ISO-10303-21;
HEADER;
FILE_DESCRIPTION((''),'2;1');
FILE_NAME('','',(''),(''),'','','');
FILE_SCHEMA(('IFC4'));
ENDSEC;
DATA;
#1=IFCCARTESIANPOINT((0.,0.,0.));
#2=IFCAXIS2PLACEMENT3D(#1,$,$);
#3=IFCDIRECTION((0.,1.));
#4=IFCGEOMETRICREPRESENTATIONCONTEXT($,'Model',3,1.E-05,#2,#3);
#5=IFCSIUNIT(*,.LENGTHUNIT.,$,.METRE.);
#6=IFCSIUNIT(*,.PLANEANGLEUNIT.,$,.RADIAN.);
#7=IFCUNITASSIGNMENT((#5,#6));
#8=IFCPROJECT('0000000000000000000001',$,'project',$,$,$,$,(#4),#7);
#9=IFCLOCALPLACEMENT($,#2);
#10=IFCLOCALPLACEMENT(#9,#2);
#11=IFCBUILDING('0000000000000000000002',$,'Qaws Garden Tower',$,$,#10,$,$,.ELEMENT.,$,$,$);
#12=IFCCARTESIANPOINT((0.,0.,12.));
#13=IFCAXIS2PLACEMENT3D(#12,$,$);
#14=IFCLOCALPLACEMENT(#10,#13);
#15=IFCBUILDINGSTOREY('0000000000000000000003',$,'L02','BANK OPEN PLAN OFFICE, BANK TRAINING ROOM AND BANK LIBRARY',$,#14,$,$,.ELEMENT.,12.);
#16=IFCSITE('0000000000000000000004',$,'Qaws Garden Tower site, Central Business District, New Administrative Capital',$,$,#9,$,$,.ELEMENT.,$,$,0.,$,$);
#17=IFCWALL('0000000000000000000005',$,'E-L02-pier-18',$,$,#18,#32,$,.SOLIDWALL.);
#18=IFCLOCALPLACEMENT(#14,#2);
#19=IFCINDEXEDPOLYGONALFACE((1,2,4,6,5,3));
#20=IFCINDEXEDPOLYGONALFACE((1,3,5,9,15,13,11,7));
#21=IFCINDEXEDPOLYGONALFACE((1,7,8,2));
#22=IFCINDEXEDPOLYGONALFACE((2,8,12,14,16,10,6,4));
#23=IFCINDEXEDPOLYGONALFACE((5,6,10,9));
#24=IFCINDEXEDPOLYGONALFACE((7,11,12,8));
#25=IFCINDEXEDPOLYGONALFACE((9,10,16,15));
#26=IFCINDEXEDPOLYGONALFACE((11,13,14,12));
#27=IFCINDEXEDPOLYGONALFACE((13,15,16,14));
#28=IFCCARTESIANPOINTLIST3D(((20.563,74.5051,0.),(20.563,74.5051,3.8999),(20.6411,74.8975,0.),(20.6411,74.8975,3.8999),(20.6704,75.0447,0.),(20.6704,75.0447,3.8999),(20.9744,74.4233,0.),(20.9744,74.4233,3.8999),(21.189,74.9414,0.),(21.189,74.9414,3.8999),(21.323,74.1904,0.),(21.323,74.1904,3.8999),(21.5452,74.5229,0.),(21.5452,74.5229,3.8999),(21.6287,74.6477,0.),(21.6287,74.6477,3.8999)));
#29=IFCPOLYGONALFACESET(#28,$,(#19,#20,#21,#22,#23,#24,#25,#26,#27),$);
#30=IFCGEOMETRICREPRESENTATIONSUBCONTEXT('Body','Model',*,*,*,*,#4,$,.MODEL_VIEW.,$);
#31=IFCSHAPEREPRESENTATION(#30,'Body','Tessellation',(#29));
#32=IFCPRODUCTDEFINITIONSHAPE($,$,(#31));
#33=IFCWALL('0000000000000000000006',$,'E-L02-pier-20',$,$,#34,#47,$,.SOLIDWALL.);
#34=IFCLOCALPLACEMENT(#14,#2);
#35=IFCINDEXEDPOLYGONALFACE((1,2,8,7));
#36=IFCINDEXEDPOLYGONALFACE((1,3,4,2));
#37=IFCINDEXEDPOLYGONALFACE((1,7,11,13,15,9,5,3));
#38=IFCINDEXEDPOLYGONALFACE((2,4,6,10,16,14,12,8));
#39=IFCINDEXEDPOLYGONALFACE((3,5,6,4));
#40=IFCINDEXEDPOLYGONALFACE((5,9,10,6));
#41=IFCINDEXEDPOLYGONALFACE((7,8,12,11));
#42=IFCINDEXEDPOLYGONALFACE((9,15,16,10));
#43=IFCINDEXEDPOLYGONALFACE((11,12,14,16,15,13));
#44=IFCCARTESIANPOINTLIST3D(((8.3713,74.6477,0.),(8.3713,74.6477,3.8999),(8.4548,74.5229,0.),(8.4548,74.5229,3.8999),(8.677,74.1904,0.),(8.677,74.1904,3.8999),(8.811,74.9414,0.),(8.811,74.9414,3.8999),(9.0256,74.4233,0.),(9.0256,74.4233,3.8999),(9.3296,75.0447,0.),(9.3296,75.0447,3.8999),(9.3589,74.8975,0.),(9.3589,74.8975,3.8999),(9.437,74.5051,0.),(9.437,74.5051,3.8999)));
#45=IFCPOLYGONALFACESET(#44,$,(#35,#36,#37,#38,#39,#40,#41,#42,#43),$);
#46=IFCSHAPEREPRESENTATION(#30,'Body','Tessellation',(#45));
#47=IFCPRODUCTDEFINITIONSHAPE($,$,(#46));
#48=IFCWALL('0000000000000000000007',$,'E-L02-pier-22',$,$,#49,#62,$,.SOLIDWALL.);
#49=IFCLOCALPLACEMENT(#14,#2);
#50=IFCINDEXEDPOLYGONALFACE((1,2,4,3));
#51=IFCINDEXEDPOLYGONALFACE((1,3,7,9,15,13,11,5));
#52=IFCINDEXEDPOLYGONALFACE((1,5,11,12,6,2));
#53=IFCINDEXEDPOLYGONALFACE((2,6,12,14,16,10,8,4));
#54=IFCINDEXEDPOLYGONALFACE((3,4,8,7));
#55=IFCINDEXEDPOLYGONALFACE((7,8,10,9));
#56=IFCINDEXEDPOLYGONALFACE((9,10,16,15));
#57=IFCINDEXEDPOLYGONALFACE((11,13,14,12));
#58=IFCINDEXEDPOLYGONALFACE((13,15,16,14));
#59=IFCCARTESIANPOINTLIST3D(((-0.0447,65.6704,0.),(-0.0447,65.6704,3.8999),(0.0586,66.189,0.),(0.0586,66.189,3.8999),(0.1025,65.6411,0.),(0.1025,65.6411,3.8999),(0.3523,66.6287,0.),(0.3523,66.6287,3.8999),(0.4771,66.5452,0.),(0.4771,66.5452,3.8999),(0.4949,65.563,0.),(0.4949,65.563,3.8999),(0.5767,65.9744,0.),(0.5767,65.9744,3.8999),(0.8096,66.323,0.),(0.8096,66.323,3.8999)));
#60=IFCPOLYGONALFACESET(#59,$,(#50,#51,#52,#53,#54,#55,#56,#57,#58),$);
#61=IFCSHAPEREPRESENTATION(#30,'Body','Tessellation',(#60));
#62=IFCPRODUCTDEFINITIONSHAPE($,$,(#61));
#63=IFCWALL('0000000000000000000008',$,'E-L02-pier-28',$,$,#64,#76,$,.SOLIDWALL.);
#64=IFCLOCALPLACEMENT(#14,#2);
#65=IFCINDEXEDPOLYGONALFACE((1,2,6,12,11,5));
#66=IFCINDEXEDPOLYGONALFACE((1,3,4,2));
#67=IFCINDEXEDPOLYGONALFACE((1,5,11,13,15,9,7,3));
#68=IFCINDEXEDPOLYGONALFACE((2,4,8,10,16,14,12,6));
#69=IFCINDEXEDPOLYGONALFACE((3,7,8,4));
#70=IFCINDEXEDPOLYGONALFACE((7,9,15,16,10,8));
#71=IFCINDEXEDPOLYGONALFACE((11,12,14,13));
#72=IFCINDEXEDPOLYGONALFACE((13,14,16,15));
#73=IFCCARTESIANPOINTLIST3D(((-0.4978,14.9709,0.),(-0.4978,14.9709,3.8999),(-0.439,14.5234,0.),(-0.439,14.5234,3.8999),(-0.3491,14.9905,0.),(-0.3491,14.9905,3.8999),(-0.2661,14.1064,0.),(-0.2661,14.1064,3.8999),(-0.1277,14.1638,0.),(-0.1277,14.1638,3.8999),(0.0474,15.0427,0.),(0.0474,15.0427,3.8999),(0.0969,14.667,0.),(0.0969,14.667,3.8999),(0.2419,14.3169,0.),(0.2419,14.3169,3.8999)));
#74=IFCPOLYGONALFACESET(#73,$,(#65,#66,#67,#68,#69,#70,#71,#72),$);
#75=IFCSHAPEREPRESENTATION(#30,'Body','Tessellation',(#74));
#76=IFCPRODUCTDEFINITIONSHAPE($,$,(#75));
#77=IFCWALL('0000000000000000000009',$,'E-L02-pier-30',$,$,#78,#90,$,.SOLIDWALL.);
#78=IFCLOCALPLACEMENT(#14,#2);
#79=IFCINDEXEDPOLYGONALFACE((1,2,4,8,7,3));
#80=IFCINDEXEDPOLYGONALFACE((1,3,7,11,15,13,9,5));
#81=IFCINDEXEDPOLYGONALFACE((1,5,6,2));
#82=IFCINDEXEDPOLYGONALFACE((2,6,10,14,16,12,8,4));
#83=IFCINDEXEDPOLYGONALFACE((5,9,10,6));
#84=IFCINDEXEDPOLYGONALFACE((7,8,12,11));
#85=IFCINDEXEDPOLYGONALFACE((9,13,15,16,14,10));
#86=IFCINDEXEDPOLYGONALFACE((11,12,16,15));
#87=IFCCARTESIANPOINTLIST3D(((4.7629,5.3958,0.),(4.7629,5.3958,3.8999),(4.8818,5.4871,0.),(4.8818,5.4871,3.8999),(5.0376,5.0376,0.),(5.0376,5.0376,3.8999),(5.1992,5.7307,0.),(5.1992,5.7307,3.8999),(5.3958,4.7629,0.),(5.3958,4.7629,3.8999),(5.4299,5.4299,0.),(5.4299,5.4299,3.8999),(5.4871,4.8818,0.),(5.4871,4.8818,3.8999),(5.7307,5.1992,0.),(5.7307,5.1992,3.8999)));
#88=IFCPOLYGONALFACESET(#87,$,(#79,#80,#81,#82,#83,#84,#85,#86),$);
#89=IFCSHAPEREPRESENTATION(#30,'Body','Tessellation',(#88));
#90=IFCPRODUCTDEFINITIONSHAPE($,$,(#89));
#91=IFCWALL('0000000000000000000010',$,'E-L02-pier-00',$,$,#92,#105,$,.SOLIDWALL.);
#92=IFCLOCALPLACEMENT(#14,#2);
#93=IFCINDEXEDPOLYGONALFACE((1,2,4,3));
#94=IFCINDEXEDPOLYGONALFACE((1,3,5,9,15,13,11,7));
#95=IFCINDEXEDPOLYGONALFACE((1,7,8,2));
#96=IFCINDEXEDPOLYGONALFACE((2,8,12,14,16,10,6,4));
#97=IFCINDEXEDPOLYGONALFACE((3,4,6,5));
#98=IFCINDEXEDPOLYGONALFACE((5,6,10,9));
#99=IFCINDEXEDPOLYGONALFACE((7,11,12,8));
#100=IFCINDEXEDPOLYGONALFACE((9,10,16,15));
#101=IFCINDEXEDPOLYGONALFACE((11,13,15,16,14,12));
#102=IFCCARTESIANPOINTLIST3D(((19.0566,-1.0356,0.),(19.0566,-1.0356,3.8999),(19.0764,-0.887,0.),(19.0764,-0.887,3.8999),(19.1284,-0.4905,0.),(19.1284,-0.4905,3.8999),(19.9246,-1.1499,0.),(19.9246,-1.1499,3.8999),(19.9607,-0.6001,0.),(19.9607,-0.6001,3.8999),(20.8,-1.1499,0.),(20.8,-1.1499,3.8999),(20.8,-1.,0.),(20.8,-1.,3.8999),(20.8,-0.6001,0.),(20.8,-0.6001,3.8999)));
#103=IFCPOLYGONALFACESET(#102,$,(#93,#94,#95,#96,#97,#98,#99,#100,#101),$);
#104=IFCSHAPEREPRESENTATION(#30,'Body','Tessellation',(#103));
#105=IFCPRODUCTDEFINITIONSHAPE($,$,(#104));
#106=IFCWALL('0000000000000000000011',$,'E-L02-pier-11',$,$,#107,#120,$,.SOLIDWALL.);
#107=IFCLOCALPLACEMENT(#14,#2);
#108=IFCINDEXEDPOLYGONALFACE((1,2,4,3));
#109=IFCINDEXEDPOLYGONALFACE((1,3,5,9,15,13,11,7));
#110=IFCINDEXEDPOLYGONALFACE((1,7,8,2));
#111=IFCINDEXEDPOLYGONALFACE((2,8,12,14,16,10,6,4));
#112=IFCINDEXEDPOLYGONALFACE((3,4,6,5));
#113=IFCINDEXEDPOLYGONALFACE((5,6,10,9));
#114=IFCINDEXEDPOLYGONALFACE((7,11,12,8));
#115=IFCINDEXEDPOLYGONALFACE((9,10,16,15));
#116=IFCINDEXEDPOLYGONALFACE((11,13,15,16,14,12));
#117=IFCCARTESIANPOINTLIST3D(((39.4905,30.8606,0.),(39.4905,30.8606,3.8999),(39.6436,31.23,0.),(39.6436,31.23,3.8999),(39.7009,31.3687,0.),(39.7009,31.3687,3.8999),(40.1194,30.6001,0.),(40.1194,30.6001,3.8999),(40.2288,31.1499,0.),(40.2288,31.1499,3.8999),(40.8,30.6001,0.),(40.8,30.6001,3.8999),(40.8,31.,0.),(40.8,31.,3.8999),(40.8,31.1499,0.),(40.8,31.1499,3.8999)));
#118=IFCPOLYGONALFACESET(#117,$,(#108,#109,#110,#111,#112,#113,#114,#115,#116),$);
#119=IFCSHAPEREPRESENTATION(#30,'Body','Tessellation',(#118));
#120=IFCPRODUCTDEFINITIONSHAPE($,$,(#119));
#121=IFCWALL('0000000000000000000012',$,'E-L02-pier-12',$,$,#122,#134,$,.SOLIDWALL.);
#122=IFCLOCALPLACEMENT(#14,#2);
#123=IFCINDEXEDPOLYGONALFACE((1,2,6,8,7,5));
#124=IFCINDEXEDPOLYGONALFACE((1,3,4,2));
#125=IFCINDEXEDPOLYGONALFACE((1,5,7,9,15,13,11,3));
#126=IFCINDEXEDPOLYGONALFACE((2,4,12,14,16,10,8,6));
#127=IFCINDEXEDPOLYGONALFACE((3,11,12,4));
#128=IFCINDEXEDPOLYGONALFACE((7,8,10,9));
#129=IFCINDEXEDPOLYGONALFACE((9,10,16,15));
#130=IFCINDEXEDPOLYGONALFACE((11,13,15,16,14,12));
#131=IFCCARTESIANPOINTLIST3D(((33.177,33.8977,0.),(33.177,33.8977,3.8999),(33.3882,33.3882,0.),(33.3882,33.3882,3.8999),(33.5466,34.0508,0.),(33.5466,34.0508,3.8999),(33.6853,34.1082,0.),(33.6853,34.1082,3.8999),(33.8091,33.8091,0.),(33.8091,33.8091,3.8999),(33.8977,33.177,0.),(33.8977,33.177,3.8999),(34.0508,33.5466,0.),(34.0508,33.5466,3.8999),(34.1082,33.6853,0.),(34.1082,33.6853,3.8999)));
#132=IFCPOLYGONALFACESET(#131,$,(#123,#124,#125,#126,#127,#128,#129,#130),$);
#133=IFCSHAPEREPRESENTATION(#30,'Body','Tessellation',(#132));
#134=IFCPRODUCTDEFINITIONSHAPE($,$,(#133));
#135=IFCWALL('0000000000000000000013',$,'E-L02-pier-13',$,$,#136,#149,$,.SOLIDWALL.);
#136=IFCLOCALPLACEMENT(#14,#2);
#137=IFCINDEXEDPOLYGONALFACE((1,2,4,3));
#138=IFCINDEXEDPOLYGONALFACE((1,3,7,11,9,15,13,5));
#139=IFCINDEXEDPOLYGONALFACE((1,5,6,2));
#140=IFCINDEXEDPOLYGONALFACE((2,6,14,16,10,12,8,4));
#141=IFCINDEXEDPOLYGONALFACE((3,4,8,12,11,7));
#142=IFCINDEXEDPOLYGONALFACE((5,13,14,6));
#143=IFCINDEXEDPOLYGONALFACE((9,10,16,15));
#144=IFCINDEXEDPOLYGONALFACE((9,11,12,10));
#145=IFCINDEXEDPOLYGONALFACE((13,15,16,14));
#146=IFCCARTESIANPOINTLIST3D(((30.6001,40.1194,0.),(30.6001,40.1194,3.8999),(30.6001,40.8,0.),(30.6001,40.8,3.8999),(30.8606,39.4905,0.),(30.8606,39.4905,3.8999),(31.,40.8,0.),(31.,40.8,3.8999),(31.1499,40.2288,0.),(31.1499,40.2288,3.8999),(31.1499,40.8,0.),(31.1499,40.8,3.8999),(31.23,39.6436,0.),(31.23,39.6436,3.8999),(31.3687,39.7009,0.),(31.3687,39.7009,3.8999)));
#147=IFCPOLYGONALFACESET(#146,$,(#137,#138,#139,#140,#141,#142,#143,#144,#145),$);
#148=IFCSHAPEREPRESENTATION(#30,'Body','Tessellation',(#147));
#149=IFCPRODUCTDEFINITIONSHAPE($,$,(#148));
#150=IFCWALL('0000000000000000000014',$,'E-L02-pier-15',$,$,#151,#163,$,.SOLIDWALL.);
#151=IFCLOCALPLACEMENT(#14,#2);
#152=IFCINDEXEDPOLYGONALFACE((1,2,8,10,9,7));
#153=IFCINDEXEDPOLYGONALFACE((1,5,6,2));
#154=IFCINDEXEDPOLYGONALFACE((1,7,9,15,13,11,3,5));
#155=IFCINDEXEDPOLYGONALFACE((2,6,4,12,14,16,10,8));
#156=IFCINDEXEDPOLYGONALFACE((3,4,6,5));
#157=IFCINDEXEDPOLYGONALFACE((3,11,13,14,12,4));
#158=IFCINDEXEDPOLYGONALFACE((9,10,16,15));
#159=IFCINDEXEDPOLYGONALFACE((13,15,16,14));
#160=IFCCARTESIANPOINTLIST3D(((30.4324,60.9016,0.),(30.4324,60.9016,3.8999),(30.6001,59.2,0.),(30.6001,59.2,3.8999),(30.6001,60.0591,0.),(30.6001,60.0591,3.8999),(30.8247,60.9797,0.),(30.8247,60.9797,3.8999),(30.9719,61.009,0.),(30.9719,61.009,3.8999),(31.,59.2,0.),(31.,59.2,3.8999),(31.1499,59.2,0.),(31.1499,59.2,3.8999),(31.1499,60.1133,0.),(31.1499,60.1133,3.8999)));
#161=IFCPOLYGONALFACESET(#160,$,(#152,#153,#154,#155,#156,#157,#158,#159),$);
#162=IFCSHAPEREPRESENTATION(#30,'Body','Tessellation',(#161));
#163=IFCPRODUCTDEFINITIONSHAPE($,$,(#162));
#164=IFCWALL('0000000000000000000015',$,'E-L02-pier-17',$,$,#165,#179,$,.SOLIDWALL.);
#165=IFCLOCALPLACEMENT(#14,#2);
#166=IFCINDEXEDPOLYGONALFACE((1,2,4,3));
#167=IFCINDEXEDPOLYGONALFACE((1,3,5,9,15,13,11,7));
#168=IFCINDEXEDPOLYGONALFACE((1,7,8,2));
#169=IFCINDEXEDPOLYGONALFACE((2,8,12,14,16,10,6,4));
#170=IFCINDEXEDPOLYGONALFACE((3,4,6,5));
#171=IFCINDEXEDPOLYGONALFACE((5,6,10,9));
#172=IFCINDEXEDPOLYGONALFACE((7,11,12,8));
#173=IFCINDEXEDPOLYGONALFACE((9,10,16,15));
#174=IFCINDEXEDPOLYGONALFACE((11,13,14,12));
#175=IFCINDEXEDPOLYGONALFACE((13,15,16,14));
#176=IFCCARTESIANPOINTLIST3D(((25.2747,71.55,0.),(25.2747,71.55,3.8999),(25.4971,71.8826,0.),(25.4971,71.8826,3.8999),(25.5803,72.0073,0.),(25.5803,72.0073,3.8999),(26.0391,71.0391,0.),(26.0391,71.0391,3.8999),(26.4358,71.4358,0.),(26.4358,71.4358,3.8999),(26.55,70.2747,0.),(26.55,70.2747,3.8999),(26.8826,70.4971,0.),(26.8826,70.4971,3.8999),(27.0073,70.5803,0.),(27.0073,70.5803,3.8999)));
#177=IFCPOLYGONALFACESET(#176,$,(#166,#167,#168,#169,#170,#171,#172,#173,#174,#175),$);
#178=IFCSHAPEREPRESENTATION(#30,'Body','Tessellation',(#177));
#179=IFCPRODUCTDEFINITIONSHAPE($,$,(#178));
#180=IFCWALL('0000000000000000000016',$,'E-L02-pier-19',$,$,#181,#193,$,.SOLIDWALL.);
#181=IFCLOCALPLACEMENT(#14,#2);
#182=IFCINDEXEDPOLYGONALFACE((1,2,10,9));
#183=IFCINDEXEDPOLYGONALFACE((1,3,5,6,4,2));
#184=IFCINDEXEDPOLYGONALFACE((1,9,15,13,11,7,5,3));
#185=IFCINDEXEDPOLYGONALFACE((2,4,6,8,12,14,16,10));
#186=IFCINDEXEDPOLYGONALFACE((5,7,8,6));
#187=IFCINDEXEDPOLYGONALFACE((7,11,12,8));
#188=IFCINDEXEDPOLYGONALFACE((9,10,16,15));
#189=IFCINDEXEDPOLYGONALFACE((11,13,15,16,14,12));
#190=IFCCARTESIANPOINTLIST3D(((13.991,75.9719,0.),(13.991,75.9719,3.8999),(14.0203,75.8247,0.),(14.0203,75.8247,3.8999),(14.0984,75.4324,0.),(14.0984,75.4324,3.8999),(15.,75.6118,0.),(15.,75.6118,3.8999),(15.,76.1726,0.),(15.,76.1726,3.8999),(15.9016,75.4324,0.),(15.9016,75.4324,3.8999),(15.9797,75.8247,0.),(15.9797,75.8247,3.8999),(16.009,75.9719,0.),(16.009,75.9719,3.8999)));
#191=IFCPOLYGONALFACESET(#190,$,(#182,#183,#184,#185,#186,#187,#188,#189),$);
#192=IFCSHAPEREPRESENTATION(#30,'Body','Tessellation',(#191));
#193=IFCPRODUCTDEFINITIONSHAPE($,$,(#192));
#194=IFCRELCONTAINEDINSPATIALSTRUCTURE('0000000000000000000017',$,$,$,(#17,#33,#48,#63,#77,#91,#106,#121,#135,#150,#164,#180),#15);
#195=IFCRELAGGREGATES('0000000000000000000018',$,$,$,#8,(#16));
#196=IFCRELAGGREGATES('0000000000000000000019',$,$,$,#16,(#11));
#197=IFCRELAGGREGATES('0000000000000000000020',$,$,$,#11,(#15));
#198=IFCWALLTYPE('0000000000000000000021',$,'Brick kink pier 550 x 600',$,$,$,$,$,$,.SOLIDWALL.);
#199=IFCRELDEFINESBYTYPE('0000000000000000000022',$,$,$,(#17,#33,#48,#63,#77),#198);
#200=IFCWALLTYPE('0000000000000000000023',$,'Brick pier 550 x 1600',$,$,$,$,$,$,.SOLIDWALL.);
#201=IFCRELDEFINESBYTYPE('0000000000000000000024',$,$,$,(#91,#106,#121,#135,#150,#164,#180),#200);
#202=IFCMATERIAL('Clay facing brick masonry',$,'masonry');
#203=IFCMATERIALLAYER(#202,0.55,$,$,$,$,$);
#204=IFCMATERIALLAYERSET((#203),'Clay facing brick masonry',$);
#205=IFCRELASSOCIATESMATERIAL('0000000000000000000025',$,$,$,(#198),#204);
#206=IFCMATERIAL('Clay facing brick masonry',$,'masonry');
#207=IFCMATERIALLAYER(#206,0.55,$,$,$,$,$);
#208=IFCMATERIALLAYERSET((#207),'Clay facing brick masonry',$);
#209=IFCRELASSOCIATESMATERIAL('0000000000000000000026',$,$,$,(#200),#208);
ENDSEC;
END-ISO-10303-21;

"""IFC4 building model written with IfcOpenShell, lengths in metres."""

from ifc_helpers import new_model, si_unit, direction, frame, origin, place, context, subcontext, project, spatial, polyline, outline, extrude, material, layer, layer_set, type_object, element, save


model = new_model("IFC4")

# Units and contexts
model_context = context("Model", 3, precision=1e-05, world=origin(), true_north=direction((0.0, 1.0)))
body_context = subcontext(model_context, "Body", "Model", "MODEL_VIEW")
ifc_project = project(units=[si_unit("LENGTHUNIT", "METRE"), si_unit("PLANEANGLEUNIT", "RADIAN")], contexts=[model_context])

# Site, building, storey
site_placement = place(None, origin())
site = spatial("IfcSite", under=ifc_project, at=site_placement, Name="Qaws Garden Tower site, Central Business District, New Administrative Capital", CompositionType="ELEMENT", RefElevation=0.0)
building_placement = place(site_placement, origin())
building = spatial("IfcBuilding", under=site, at=building_placement, Name="Qaws Garden Tower", CompositionType="ELEMENT")
storey_placement = place(building_placement, frame((0.0, 0.0, 12.0)))
storey = spatial("IfcBuildingStorey", under=building, at=storey_placement, Name="L02", Description="BANK OPEN PLAN OFFICE, BANK TRAINING ROOM AND BANK LIBRARY", CompositionType="ELEMENT", Elevation=12.0)

# Walls
placement = place(storey_placement, origin())
ifc_material_1 = material(Name="Clay facing brick masonry", Category="masonry")
ifc_layer_1 = layer(ifc_material_1, 0.55)
ifc_layer_set_1 = layer_set([ifc_layer_1], Name="Clay facing brick masonry")
wall_type_1 = type_object("IfcWallType", Name="Brick kink pier 550 x 600", PredefinedType="SOLIDWALL", material=ifc_layer_set_1)
element("IfcWall", 1, at=placement, inside=storey, type_object=wall_type_1, Name="E-L02-pier-18", PredefinedType="SOLIDWALL", context=body_context, shape_type="SweptSolid", body=[
    extrude(outline(polyline([(21.5452, 74.5229), (21.6287, 74.6477), (21.189, 74.9414), (20.6704, 75.0447), (20.6411, 74.8975), (20.563, 74.5051), (20.9744, 74.4233), (21.323, 74.1904), (21.5452, 74.5229)])), origin(), (0.0, 0.0, 1.0), 3.8999),
])
element("IfcWall", 2, at=placement, inside=storey, type_object=wall_type_1, Name="E-L02-pier-20", PredefinedType="SOLIDWALL", context=body_context, shape_type="SweptSolid", body=[
    extrude(outline(polyline([(9.3589, 74.8975), (9.3296, 75.0447), (8.811, 74.9414), (8.3713, 74.6477), (8.4548, 74.5229), (8.677, 74.1904), (9.0256, 74.4233), (9.437, 74.5051), (9.3589, 74.8975)])), origin(), (0.0, 0.0, 1.0), 3.8999),
])
element("IfcWall", 3, at=placement, inside=storey, type_object=wall_type_1, Name="E-L02-pier-22", PredefinedType="SOLIDWALL", context=body_context, shape_type="SweptSolid", body=[
    extrude(outline(polyline([(0.4771, 66.5452), (0.3523, 66.6287), (0.0586, 66.189), (-0.0447, 65.6704), (0.1025, 65.6411), (0.4949, 65.563), (0.5767, 65.9744), (0.8096, 66.323), (0.4771, 66.5452)])), origin(), (0.0, 0.0, 1.0), 3.8999),
])
element("IfcWall", 4, at=placement, inside=storey, type_object=wall_type_1, Name="E-L02-pier-28", PredefinedType="SOLIDWALL", context=body_context, shape_type="SweptSolid", body=[
    extrude(outline(polyline([(-0.3491, 14.9905), (-0.4978, 14.9709), (-0.439, 14.5234), (-0.2661, 14.1064), (-0.1277, 14.1638), (0.2419, 14.3169), (0.0969, 14.667), (0.0474, 15.0427), (-0.3491, 14.9905)])), origin(), (0.0, 0.0, 1.0), 3.8999),
])
element("IfcWall", 5, at=placement, inside=storey, type_object=wall_type_1, Name="E-L02-pier-30", PredefinedType="SOLIDWALL", context=body_context, shape_type="SweptSolid", body=[
    extrude(outline(polyline([(4.8818, 5.4871), (4.7629, 5.3958), (5.0376, 5.0376), (5.3958, 4.7629), (5.4871, 4.8818), (5.7307, 5.1992), (5.4299, 5.4299), (5.1992, 5.7307), (4.8818, 5.4871)])), origin(), (0.0, 0.0, 1.0), 3.8999),
])
ifc_material_2 = material(Name="Clay facing brick masonry", Category="masonry")
ifc_layer_2 = layer(ifc_material_2, 0.55)
ifc_layer_set_2 = layer_set([ifc_layer_2], Name="Clay facing brick masonry")
wall_type_2 = type_object("IfcWallType", Name="Brick pier 550 x 1600", PredefinedType="SOLIDWALL", material=ifc_layer_set_2)
element("IfcWall", 6, at=placement, inside=storey, type_object=wall_type_2, Name="E-L02-pier-00", PredefinedType="SOLIDWALL", context=body_context, shape_type="SweptSolid", body=[
    extrude(outline(polyline([(19.0764, -0.887), (19.0566, -1.0356), (19.9246, -1.1499), (20.8, -1.1499), (20.8, -1.0), (20.8, -0.6001), (19.9607, -0.6001), (19.1284, -0.4905), (19.0764, -0.887)])), origin(), (0.0, 0.0, 1.0), 3.8999),
])
element("IfcWall", 7, at=placement, inside=storey, type_object=wall_type_2, Name="E-L02-pier-11", PredefinedType="SOLIDWALL", context=body_context, shape_type="SweptSolid", body=[
    extrude(outline(polyline([(40.8, 31.0), (40.8, 31.1499), (40.2288, 31.1499), (39.7009, 31.3687), (39.6436, 31.23), (39.4905, 30.8606), (40.1194, 30.6001), (40.8, 30.6001), (40.8, 31.0)])), origin(), (0.0, 0.0, 1.0), 3.8999),
])
element("IfcWall", 8, at=placement, inside=storey, type_object=wall_type_2, Name="E-L02-pier-12", PredefinedType="SOLIDWALL", context=body_context, shape_type="SweptSolid", body=[
    extrude(outline(polyline([(34.0508, 33.5466), (34.1082, 33.6853), (33.8091, 33.8091), (33.6853, 34.1082), (33.5466, 34.0508), (33.177, 33.8977), (33.3882, 33.3882), (33.8977, 33.177), (34.0508, 33.5466)])), origin(), (0.0, 0.0, 1.0), 3.8999),
])
element("IfcWall", 9, at=placement, inside=storey, type_object=wall_type_2, Name="E-L02-pier-13", PredefinedType="SOLIDWALL", context=body_context, shape_type="SweptSolid", body=[
    extrude(outline(polyline([(31.23, 39.6436), (31.3687, 39.7009), (31.1499, 40.2288), (31.1499, 40.8), (31.0, 40.8), (30.6001, 40.8), (30.6001, 40.1194), (30.8606, 39.4905), (31.23, 39.6436)])), origin(), (0.0, 0.0, 1.0), 3.8999),
])
element("IfcWall", 10, at=placement, inside=storey, type_object=wall_type_2, Name="E-L02-pier-15", PredefinedType="SOLIDWALL", context=body_context, shape_type="SweptSolid", body=[
    extrude(outline(polyline([(31.0, 59.2), (31.1499, 59.2), (31.1499, 60.1133), (30.9719, 61.009), (30.8247, 60.9797), (30.4324, 60.9016), (30.6001, 60.0591), (30.6001, 59.2), (31.0, 59.2)])), origin(), (0.0, 0.0, 1.0), 3.8999),
])
element("IfcWall", 11, at=placement, inside=storey, type_object=wall_type_2, Name="E-L02-pier-17", PredefinedType="SOLIDWALL", context=body_context, shape_type="SweptSolid", body=[
    extrude(outline(polyline([(26.8826, 70.4971), (27.0073, 70.5803), (26.4358, 71.4358), (25.5803, 72.0073), (25.4971, 71.8826), (25.2747, 71.55), (26.0391, 71.0391), (26.55, 70.2747), (26.8826, 70.4971)])), origin(), (0.0, 0.0, 1.0), 3.8999),
])
element("IfcWall", 12, at=placement, inside=storey, type_object=wall_type_2, Name="E-L02-pier-19", PredefinedType="SOLIDWALL", context=body_context, shape_type="SweptSolid", body=[
    extrude(outline(polyline([(15.9797, 75.8247), (16.009, 75.9719), (15.0, 76.1726), (13.991, 75.9719), (14.0203, 75.8247), (14.0984, 75.4324), (15.0, 75.6118), (15.9016, 75.4324), (15.9797, 75.8247)])), origin(), (0.0, 0.0, 1.0), 3.8999),
])

save(model, "model.ifc")
